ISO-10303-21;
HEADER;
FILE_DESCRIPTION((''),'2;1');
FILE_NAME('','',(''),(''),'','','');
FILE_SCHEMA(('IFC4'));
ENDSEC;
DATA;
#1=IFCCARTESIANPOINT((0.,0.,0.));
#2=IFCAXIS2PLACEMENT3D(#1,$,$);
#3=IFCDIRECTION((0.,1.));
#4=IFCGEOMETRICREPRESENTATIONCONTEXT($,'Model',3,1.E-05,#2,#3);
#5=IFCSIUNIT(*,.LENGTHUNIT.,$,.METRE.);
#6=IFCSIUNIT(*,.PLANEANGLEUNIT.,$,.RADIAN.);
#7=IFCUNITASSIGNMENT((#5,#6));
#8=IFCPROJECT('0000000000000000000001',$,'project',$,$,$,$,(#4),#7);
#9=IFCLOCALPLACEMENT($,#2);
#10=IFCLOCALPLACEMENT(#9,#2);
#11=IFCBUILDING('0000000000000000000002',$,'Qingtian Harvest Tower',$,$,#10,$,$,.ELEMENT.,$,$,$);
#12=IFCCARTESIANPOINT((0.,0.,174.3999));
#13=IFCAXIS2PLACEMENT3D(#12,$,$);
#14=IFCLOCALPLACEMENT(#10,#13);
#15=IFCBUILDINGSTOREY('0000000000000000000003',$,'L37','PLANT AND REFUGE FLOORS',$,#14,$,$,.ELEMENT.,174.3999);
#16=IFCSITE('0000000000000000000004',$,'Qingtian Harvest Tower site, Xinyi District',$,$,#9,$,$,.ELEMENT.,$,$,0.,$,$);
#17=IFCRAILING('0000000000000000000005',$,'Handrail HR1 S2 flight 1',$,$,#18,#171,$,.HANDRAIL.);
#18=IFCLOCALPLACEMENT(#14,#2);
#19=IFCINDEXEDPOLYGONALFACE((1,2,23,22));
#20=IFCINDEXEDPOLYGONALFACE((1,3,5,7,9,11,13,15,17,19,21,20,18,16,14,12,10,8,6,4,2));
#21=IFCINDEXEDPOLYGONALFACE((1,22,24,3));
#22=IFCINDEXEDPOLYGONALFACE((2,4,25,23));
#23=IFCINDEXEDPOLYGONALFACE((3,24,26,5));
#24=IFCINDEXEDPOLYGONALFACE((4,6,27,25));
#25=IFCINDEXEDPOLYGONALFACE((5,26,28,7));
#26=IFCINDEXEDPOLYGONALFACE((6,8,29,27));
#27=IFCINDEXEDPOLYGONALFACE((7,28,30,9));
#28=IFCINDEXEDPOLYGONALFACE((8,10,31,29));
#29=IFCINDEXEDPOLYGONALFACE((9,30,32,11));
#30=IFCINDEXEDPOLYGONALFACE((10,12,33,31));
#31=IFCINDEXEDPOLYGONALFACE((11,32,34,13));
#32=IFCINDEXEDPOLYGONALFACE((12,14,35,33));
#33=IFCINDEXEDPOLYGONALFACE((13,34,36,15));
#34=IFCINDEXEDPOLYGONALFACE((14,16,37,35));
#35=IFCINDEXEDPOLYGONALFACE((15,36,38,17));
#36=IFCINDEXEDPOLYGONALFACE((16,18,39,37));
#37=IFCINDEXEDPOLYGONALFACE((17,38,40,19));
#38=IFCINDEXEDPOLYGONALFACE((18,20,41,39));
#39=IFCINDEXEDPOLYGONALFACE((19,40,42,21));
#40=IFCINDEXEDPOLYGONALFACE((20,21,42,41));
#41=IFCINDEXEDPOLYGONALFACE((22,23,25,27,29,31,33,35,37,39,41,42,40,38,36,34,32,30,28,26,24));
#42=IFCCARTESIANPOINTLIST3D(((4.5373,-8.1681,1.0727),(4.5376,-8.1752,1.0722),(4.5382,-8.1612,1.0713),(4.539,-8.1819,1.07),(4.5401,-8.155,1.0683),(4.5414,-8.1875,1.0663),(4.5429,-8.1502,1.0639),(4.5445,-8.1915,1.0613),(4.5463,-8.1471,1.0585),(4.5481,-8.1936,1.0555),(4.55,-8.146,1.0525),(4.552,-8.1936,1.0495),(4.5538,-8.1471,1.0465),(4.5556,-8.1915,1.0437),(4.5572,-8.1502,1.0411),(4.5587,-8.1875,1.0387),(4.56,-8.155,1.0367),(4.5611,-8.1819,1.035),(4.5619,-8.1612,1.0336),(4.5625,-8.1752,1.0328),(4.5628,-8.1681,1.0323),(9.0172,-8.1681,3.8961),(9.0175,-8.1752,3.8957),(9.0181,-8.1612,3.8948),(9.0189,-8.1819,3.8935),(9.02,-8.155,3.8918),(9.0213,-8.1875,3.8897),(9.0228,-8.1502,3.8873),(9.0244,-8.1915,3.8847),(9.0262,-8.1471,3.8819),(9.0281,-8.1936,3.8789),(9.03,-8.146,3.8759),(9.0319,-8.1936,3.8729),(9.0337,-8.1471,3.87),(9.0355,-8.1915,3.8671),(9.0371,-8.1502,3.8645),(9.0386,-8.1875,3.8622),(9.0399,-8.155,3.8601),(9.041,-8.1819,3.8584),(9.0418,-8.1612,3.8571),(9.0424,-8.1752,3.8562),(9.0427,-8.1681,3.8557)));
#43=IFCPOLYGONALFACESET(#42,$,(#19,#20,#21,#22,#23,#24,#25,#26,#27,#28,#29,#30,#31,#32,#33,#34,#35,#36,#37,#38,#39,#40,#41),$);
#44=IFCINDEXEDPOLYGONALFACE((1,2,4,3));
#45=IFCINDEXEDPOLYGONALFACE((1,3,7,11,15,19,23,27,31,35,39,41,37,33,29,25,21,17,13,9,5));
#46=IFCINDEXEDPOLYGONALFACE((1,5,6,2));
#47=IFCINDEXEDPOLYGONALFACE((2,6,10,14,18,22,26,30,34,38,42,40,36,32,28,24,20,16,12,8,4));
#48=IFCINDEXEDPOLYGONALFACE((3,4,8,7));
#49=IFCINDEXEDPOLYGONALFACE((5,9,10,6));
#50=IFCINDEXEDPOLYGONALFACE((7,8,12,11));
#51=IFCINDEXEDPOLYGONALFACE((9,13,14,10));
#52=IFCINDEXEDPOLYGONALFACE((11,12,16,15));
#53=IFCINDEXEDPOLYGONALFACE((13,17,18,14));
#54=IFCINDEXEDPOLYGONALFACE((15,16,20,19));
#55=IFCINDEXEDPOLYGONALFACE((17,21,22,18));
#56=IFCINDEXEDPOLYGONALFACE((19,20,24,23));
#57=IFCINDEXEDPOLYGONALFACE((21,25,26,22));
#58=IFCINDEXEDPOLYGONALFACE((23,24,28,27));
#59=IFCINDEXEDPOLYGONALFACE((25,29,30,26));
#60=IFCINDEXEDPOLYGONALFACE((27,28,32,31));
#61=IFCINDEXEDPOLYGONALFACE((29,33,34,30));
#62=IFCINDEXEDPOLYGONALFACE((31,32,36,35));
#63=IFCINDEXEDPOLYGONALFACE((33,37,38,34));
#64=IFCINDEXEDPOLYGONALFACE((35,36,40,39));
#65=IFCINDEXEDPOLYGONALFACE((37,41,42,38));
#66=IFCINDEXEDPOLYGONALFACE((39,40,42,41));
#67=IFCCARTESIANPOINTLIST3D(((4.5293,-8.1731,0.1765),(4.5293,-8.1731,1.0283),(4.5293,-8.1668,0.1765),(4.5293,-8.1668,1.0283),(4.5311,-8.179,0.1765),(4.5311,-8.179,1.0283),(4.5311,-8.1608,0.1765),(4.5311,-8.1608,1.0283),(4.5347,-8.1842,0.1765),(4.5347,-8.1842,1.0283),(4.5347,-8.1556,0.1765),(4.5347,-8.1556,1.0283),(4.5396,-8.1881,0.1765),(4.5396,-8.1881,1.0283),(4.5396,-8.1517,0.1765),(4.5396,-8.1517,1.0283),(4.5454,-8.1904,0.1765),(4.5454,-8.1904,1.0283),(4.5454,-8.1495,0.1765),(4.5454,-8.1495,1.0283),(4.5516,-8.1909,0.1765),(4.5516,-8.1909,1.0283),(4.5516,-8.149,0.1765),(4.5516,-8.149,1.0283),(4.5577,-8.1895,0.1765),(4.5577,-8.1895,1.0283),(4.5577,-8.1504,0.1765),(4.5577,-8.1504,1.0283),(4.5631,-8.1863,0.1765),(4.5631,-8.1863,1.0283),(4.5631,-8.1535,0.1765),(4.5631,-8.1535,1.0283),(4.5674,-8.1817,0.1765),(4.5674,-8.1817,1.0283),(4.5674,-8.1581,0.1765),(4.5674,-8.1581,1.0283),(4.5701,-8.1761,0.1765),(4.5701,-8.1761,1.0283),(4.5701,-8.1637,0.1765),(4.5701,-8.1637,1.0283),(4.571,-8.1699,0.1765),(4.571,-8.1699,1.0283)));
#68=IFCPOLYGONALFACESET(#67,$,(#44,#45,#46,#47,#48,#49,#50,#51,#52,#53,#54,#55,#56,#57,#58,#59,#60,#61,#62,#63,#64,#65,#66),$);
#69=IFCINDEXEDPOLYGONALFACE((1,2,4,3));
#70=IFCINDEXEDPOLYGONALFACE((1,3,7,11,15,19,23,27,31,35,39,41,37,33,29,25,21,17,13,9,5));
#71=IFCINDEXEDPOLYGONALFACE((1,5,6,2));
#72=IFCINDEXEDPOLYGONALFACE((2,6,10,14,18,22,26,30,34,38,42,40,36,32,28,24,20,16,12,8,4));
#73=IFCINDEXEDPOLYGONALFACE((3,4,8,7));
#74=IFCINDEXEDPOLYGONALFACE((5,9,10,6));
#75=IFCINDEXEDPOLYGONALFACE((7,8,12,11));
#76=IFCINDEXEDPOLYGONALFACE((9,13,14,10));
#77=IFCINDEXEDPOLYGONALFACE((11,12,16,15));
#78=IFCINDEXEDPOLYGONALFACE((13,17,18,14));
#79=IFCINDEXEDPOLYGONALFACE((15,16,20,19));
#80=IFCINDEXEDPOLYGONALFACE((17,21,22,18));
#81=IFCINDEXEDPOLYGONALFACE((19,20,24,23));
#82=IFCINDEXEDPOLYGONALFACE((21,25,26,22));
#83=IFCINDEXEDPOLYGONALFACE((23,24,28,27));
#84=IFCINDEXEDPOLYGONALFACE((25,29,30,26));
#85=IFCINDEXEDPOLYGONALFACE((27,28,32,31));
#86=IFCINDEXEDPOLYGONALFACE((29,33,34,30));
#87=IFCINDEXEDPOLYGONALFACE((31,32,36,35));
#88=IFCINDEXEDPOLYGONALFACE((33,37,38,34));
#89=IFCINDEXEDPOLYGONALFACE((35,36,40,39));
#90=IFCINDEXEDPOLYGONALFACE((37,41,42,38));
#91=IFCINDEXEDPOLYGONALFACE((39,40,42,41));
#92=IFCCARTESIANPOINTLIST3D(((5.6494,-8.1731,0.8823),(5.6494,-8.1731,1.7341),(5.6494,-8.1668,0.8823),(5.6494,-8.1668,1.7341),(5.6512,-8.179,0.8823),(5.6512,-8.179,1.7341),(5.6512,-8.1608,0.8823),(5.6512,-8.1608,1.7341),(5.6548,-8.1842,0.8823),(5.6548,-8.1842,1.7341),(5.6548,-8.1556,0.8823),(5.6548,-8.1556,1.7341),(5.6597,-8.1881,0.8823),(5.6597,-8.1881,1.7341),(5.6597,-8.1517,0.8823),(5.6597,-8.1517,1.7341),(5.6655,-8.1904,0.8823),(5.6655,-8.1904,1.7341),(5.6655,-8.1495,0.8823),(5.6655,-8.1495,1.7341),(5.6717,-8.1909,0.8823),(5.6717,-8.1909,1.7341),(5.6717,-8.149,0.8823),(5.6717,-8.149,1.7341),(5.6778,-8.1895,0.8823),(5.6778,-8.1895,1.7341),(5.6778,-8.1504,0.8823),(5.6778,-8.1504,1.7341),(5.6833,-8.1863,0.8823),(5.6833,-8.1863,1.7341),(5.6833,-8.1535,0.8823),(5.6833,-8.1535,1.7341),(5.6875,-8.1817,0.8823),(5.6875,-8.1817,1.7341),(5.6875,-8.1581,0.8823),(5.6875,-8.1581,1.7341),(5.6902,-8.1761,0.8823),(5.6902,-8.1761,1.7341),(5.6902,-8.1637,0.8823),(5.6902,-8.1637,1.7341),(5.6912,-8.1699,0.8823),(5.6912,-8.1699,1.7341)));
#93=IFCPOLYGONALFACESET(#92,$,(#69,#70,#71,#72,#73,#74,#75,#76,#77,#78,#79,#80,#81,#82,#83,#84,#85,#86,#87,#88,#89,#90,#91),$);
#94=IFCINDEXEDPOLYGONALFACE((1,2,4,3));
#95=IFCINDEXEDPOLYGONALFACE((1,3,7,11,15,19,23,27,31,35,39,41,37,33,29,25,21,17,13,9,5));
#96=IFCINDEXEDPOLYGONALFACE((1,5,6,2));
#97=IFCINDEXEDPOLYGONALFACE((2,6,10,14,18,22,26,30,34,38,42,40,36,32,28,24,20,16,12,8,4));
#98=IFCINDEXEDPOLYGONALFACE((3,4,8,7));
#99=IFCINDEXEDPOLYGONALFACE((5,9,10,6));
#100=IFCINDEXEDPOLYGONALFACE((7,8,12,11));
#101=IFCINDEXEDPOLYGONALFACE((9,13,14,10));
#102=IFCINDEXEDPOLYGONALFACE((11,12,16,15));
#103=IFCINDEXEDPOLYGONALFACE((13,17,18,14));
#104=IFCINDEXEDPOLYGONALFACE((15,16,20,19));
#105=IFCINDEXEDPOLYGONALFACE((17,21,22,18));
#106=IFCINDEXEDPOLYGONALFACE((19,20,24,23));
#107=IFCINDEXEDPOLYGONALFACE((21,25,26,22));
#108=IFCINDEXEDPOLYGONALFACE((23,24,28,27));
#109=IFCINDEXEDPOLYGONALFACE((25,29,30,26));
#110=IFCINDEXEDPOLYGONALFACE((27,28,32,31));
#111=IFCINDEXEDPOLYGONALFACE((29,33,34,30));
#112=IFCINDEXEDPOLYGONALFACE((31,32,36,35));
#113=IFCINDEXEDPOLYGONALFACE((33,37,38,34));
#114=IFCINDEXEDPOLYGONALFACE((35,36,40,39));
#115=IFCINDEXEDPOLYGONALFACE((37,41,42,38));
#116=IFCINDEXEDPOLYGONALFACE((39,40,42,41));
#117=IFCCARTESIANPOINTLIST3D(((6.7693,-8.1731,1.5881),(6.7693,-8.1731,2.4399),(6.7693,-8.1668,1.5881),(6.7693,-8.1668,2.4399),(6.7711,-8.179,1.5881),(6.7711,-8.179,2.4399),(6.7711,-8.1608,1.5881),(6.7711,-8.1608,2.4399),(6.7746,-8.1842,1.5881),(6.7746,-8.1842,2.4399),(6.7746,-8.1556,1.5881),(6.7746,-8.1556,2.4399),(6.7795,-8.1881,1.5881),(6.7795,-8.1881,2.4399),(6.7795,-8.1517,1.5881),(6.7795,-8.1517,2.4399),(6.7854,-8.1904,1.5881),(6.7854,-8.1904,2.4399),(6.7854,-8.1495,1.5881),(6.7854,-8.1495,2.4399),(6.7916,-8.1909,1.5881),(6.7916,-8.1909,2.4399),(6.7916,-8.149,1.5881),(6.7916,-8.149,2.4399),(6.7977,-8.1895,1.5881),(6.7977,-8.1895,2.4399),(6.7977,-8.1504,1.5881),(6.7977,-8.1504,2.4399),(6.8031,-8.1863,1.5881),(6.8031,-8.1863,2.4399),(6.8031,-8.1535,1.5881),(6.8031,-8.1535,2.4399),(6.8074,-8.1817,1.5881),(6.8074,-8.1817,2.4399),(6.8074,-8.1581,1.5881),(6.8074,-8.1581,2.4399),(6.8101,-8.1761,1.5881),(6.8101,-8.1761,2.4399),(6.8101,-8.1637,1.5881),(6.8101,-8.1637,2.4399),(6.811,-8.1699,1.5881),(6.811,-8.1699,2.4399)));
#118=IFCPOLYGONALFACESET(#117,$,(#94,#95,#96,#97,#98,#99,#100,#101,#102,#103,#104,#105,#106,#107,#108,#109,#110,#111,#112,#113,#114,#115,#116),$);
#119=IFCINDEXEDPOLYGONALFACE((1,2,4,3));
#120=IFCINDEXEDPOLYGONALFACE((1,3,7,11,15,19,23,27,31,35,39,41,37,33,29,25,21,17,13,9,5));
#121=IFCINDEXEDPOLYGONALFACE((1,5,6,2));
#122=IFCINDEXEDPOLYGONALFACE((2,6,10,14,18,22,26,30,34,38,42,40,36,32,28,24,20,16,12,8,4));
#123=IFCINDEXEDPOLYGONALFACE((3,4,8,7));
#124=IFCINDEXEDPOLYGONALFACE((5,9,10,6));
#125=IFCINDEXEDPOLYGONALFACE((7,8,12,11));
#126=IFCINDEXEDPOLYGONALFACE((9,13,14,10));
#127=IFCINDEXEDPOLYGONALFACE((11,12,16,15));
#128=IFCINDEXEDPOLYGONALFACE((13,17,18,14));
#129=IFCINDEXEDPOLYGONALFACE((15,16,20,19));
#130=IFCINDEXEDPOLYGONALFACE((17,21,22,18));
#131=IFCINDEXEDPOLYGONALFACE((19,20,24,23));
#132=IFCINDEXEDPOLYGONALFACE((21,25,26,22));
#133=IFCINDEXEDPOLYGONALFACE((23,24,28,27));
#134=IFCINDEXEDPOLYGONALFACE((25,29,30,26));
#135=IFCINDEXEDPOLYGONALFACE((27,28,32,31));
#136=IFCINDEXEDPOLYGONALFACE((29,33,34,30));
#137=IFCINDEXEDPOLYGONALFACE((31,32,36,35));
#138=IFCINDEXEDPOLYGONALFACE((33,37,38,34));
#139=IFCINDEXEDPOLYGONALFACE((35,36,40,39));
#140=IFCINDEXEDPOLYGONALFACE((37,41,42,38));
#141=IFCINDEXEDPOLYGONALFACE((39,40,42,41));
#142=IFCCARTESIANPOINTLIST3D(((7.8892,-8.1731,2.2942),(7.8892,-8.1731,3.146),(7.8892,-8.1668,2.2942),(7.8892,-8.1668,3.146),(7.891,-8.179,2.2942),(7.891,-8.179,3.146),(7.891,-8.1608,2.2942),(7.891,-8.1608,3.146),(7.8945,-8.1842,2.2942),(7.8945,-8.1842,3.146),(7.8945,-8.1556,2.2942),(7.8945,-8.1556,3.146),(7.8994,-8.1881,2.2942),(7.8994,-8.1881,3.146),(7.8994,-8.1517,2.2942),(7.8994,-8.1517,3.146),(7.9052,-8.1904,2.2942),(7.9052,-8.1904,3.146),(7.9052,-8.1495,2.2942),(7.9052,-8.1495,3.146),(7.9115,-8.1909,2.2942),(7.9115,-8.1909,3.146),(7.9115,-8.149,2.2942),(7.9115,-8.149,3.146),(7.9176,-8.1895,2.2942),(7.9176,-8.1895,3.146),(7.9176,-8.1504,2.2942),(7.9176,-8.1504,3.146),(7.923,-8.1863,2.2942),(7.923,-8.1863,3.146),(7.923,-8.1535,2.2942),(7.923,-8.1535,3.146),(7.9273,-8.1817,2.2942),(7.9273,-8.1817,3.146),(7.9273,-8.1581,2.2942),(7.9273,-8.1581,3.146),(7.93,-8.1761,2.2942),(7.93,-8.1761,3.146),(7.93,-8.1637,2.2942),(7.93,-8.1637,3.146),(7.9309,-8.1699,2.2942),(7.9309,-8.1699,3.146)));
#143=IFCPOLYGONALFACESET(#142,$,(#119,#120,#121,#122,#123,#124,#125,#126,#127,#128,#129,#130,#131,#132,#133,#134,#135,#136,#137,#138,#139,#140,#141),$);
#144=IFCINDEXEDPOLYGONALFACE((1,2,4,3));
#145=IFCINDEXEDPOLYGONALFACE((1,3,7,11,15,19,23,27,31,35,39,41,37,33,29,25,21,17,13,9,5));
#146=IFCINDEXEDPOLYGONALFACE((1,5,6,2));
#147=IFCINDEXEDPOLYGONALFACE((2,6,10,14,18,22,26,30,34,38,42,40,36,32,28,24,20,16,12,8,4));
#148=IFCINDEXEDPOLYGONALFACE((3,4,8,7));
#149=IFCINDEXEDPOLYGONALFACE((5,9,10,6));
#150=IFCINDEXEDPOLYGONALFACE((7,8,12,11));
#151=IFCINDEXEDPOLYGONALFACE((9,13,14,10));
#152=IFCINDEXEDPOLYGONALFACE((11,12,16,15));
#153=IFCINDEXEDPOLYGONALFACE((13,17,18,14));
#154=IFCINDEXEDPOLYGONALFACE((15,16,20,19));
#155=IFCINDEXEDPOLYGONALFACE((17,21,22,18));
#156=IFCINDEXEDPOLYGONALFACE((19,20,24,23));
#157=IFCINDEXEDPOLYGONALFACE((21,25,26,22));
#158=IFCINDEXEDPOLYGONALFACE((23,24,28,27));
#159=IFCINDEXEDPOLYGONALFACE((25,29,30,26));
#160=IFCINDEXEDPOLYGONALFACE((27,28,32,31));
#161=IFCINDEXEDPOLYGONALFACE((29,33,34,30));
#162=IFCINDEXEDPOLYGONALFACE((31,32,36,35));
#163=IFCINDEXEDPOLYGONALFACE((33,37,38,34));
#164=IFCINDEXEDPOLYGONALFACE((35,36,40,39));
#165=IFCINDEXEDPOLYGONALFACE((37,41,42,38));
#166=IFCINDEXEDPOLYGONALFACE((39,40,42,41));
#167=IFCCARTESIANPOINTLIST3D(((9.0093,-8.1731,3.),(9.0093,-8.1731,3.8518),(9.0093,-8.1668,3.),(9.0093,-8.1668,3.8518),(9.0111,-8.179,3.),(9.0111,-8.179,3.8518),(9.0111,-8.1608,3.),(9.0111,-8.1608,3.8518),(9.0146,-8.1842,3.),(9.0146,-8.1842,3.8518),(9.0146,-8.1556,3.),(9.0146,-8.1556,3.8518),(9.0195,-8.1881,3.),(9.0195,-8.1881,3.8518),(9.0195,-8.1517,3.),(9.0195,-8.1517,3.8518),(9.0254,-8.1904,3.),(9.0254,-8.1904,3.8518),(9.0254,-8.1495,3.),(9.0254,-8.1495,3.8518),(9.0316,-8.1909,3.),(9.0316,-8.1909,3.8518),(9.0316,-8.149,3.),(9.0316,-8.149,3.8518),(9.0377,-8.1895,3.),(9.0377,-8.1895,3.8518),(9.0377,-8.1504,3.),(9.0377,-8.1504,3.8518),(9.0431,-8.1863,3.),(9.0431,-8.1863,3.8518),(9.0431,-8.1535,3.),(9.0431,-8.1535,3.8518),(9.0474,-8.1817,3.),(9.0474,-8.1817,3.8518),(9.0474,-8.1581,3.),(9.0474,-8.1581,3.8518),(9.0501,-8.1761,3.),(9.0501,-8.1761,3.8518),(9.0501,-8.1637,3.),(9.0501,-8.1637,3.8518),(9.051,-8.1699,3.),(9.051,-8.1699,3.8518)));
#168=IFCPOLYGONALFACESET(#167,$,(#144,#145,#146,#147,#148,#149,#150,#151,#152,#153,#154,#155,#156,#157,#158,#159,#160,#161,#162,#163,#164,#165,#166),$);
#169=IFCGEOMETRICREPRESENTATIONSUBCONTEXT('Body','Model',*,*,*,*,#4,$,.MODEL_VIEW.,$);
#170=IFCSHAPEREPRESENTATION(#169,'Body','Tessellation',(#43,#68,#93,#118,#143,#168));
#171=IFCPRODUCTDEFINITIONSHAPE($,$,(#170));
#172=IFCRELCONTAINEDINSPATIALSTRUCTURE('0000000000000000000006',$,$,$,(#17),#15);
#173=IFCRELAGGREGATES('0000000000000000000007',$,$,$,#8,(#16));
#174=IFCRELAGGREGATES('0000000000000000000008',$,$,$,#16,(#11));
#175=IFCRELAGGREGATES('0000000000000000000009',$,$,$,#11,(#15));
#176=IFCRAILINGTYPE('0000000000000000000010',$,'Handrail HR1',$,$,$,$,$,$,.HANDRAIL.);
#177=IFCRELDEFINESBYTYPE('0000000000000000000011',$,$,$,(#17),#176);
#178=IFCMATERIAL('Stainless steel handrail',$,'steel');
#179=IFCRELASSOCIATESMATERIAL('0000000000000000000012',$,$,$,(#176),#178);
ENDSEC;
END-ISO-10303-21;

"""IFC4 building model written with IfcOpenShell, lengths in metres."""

from ifc_helpers import new_model, si_unit, direction, frame, origin, origin_2d, place, context, subcontext, project, spatial, circle, extrude, material, type_object, element, save


model = new_model("IFC4")

# Units and contexts
model_context = context("Model", 3, precision=1e-05, world=origin(), true_north=direction((0.0, 1.0)))
body_context = subcontext(model_context, "Body", "Model", "MODEL_VIEW")
ifc_project = project(units=[si_unit("LENGTHUNIT", "METRE"), si_unit("PLANEANGLEUNIT", "RADIAN")], contexts=[model_context])

# Site, building, storey
site_placement = place(None, origin())
site = spatial("IfcSite", under=ifc_project, at=site_placement, Name="Qingtian Harvest Tower site, Xinyi District", CompositionType="ELEMENT", RefElevation=0.0)
building_placement = place(site_placement, origin())
building = spatial("IfcBuilding", under=site, at=building_placement, Name="Qingtian Harvest Tower", CompositionType="ELEMENT")
storey_placement = place(building_placement, frame((0.0, 0.0, 174.3999)))
storey = spatial("IfcBuildingStorey", under=building, at=storey_placement, Name="L37", Description="PLANT AND REFUGE FLOORS", CompositionType="ELEMENT", Elevation=174.3999)

# Railing
ifc_material_1 = material(Name="Stainless steel handrail", Category="steel")
railing_type = type_object("IfcRailingType", Name="Handrail HR1", PredefinedType="HANDRAIL", material=ifc_material_1)
railing_1_placement = place(storey_placement, frame((4.55, -8.1699, 0.1765)))
element("IfcRailing", 1, at=railing_1_placement, inside=storey, type_object=railing_type, Name="Handrail HR1 S2 flight 1", PredefinedType="HANDRAIL", context=body_context, shape_type="SweptSolid", body=[
    extrude(circle(Radius=0.0239, at=origin_2d()), frame((0.0, 0.0, 0.876), z_axis=(0.845998, 0.0, 0.533186), x_axis=(0.0, 1.0, 0.0)), (0.0, 0.0, 1.0), 5.2954),
    extrude(circle(Radius=0.021, at=origin_2d()), origin(), (0.0, 0.0, 1.0), 0.8518),
    extrude(circle(Radius=0.021, at=origin_2d()), frame((1.1201, 0.0, 0.7058)), (0.0, 0.0, 1.0), 0.8518),
    extrude(circle(Radius=0.021, at=origin_2d()), frame((2.24, 0.0, 1.4116)), (0.0, 0.0, 1.0), 0.8518),
    extrude(circle(Radius=0.021, at=origin_2d()), frame((3.3599, 0.0, 2.1177)), (0.0, 0.0, 1.0), 0.8518),
    extrude(circle(Radius=0.021, at=origin_2d()), frame((4.48, 0.0, 2.8235)), (0.0, 0.0, 1.0), 0.8518),
])

save(model, "model.ifc")
